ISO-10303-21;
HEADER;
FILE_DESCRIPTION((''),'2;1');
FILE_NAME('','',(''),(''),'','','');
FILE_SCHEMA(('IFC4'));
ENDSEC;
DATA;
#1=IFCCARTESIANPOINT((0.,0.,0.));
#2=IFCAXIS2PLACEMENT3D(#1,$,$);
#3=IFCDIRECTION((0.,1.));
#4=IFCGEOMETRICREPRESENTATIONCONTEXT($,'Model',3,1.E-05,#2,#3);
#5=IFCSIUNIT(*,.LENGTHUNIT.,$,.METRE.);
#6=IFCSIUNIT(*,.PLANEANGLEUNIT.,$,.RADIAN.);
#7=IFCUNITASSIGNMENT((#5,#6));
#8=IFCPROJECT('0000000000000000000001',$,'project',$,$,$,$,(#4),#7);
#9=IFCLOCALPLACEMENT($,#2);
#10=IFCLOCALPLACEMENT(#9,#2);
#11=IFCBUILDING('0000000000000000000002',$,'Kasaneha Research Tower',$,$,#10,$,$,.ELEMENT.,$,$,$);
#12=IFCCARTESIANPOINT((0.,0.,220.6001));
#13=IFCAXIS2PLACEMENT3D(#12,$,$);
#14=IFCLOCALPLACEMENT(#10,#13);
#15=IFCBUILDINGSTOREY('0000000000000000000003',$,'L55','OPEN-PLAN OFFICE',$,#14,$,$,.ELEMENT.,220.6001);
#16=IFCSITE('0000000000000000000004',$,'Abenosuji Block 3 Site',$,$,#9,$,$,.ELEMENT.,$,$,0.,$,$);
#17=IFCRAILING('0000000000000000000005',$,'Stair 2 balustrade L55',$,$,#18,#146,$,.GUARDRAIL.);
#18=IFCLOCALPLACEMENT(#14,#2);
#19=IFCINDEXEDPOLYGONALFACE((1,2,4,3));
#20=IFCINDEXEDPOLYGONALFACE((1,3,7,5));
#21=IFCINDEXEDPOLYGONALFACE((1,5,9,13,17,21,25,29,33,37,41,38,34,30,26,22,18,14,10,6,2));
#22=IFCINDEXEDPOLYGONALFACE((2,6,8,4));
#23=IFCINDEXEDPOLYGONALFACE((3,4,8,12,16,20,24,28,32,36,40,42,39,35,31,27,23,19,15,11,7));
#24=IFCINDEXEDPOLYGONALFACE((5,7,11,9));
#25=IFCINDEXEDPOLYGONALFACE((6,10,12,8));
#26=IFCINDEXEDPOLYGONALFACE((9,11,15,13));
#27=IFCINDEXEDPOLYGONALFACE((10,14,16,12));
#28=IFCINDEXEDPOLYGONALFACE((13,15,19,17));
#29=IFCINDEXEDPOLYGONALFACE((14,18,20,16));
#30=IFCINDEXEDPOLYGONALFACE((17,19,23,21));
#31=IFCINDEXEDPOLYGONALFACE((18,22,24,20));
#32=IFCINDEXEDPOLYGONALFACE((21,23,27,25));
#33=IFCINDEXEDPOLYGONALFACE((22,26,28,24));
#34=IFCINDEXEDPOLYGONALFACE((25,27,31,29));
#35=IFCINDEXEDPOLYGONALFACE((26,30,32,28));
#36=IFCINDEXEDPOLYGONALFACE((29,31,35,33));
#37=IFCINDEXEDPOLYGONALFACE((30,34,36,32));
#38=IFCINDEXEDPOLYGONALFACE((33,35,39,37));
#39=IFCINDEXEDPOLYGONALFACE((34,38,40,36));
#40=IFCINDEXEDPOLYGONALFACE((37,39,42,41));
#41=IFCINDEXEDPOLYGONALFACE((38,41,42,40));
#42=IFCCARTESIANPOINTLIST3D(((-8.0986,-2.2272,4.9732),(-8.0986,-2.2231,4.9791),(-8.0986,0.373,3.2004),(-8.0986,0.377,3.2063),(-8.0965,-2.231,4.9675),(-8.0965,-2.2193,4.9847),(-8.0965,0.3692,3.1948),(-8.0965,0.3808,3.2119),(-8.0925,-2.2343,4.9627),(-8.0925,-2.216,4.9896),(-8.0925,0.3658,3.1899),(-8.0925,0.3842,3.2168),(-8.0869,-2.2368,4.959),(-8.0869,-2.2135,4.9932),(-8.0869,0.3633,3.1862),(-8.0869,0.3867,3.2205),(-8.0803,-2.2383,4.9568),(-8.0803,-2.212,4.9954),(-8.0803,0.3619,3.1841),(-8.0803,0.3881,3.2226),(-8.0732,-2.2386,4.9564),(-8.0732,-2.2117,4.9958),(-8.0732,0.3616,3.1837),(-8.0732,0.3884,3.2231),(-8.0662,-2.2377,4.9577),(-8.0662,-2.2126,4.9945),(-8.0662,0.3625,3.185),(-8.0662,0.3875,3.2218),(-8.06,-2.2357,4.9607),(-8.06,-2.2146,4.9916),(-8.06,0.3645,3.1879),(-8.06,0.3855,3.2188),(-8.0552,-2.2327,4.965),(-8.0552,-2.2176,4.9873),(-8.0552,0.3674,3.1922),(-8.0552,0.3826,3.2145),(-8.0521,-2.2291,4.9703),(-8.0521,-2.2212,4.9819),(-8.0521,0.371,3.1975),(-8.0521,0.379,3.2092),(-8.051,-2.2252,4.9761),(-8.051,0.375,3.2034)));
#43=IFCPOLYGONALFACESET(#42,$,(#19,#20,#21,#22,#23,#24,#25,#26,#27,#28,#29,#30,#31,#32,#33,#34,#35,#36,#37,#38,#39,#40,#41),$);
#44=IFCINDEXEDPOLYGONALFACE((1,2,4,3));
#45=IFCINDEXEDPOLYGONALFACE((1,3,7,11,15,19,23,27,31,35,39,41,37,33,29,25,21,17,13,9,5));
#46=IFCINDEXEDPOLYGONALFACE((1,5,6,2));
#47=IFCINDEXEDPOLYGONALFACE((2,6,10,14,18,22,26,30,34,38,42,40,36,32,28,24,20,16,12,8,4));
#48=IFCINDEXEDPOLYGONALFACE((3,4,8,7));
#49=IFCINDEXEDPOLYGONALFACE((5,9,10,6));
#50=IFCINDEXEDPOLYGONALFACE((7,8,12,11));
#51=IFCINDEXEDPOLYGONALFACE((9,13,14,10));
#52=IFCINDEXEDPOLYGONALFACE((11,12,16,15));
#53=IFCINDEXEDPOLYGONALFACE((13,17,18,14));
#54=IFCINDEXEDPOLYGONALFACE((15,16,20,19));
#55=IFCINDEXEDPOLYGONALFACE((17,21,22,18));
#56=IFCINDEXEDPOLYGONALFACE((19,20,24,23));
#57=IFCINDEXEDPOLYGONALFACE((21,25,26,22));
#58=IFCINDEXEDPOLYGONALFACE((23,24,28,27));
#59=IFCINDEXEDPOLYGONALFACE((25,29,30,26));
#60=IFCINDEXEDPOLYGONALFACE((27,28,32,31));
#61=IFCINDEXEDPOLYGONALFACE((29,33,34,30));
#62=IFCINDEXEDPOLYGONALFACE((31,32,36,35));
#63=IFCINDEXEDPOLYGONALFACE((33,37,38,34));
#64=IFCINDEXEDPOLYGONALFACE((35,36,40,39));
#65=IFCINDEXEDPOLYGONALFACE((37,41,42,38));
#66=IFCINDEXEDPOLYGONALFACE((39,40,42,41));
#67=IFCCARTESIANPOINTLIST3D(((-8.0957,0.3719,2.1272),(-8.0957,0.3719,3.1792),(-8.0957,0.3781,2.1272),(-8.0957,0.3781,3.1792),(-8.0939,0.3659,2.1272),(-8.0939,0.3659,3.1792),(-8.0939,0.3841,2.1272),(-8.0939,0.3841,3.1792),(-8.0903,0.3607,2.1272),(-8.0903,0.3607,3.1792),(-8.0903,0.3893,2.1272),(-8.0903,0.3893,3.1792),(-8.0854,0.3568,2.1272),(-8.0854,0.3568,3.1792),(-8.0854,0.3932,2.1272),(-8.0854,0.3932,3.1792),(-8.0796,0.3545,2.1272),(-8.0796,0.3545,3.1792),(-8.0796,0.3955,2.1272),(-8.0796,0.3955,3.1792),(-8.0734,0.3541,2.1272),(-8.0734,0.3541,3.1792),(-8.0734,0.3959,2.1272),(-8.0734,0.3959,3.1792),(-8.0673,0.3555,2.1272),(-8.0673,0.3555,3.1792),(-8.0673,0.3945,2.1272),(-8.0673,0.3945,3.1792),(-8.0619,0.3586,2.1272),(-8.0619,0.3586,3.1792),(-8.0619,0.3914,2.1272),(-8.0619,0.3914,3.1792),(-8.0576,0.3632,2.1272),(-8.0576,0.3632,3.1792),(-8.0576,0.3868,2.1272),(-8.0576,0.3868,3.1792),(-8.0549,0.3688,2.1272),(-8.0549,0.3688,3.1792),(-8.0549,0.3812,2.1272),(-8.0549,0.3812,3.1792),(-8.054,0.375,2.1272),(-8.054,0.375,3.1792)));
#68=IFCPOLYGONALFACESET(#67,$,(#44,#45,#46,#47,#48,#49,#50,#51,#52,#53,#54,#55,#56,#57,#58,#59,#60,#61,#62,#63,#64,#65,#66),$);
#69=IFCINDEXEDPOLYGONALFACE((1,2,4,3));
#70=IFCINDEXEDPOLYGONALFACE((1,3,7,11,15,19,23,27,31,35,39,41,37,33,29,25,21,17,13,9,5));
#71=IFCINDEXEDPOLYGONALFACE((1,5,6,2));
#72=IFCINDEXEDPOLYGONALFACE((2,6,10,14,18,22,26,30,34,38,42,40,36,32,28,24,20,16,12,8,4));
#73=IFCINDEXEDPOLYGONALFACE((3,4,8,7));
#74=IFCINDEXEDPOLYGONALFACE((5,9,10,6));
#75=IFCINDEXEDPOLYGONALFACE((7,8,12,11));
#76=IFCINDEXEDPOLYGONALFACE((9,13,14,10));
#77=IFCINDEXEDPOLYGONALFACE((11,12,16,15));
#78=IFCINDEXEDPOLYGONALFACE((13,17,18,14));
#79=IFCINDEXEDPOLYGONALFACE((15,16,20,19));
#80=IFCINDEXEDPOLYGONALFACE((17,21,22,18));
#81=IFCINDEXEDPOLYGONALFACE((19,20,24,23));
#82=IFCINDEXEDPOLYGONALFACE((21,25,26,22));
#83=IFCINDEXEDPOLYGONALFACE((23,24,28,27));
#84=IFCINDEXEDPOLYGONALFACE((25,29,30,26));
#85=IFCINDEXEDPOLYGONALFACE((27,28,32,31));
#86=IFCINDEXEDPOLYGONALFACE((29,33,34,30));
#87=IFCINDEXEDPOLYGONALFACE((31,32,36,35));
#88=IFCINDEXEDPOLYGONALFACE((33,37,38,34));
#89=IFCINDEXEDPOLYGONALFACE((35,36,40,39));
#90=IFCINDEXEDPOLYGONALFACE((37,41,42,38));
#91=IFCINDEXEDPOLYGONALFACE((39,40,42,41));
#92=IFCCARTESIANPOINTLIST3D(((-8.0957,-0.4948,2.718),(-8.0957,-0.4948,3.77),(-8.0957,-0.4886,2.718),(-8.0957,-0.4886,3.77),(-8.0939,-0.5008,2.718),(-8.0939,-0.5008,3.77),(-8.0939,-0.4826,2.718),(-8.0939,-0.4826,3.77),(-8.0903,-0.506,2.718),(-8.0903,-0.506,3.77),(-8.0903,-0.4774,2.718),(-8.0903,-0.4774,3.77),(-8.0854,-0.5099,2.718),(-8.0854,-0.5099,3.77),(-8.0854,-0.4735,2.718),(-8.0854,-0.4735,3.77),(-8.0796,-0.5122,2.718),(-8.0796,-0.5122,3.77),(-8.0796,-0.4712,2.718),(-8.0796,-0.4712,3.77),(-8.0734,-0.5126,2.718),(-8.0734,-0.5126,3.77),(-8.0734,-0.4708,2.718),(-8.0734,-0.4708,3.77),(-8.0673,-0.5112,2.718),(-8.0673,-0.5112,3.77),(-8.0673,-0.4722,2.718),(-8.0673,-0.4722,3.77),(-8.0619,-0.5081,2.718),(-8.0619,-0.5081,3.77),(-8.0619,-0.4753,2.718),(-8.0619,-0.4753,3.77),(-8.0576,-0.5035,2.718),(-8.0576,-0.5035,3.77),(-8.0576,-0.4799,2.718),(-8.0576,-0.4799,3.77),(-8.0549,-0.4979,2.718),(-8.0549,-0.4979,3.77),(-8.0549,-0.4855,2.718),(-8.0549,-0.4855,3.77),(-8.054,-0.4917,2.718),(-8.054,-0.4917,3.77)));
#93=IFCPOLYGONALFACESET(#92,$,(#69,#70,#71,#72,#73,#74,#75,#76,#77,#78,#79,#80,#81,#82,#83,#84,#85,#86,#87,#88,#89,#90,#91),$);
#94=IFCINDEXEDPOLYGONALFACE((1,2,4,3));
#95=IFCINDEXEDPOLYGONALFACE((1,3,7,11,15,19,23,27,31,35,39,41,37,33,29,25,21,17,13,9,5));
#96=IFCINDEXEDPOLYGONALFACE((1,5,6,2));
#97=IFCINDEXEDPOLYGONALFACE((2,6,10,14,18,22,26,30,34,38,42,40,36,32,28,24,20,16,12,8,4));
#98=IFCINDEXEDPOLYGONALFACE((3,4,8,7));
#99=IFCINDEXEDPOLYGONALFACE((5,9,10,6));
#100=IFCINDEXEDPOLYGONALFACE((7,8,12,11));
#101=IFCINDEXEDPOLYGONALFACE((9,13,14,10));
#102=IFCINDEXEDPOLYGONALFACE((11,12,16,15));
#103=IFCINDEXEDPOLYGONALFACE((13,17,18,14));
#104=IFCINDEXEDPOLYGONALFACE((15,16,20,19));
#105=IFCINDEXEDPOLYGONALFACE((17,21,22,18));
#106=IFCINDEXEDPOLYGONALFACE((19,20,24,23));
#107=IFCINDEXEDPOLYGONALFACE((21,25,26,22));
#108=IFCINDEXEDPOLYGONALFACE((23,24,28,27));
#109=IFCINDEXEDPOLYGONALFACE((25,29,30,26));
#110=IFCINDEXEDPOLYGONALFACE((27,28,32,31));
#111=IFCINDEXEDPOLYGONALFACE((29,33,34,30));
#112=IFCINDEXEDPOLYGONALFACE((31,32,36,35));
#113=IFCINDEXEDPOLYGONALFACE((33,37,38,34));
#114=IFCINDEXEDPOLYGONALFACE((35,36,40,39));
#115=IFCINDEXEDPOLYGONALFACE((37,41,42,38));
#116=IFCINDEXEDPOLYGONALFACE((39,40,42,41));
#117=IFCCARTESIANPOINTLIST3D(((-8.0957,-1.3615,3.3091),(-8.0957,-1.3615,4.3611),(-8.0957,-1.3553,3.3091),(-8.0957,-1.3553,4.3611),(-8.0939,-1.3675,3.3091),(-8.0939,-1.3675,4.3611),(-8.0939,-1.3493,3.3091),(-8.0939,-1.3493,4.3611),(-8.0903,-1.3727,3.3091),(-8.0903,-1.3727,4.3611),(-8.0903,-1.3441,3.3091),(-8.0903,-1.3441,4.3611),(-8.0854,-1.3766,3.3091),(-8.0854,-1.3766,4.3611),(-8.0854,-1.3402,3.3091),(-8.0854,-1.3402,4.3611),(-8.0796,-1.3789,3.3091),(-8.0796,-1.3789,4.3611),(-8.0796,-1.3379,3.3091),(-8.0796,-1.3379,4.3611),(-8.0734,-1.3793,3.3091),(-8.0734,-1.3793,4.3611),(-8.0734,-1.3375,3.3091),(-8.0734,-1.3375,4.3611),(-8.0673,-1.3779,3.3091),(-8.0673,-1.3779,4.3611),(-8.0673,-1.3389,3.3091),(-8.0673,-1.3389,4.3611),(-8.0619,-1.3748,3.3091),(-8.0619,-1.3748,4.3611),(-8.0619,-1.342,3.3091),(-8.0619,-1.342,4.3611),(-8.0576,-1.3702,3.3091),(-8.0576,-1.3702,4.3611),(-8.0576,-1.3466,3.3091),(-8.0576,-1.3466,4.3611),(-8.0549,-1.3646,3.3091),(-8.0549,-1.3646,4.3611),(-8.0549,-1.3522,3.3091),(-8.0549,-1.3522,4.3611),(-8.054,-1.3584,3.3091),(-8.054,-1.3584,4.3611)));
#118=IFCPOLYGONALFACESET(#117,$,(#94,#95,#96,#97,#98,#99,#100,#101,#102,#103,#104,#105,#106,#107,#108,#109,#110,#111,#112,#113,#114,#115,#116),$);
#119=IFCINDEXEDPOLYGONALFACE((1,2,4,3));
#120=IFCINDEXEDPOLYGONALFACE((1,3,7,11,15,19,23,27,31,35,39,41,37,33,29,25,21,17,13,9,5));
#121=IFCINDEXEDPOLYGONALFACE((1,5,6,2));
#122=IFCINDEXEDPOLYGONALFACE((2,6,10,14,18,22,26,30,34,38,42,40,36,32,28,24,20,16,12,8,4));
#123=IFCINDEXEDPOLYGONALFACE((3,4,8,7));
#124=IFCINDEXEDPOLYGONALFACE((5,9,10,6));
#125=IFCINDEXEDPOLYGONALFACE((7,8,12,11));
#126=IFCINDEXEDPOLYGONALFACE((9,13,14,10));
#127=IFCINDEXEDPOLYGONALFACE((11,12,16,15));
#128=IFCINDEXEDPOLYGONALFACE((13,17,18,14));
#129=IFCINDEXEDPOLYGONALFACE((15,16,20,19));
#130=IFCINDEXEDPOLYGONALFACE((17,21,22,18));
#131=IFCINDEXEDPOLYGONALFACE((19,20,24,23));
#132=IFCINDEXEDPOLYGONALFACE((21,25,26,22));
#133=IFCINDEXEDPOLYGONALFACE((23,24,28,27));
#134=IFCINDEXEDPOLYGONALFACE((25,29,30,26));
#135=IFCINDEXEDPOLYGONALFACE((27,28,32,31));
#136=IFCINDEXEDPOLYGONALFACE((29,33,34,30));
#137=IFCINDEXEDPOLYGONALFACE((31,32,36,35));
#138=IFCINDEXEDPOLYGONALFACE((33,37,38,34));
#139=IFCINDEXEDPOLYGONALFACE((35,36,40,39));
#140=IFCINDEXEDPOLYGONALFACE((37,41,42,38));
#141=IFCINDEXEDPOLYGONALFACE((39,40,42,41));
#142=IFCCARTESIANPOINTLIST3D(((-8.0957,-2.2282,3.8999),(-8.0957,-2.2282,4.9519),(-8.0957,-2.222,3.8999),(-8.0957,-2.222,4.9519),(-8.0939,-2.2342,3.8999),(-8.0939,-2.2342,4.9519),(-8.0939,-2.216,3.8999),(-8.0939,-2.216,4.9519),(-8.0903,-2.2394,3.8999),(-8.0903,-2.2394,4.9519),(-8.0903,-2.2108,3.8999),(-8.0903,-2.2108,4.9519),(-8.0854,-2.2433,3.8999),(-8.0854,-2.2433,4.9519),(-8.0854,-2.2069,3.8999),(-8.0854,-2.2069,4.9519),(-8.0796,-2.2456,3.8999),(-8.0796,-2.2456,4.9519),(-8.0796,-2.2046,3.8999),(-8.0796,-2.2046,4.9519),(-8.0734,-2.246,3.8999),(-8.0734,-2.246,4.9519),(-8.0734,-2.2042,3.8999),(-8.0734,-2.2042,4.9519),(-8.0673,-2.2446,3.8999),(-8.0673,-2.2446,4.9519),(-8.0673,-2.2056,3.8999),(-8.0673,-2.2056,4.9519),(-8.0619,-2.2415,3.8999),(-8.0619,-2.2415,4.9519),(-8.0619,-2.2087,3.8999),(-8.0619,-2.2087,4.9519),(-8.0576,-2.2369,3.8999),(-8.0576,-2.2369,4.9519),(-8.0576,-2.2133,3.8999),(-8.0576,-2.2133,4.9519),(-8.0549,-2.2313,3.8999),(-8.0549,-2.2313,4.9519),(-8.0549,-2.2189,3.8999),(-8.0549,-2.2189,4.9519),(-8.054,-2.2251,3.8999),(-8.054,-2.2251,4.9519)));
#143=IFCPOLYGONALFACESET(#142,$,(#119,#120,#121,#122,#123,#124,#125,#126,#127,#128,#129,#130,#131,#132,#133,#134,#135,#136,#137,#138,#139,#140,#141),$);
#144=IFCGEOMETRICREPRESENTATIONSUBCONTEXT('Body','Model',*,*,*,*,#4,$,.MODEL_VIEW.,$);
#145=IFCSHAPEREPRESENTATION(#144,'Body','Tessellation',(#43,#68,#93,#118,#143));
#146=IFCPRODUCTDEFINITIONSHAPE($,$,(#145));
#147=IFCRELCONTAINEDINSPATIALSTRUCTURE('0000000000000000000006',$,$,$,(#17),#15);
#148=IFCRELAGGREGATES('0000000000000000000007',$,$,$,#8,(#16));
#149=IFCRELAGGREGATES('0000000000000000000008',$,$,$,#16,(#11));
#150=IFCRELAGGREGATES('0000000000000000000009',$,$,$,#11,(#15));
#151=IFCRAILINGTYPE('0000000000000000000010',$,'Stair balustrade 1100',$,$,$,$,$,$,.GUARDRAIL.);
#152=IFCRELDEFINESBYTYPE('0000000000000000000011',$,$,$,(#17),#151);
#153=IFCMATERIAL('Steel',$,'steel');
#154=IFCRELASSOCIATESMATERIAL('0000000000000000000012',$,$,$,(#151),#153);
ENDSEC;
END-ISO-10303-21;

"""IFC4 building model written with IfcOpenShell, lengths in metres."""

from ifc_helpers import new_model, si_unit, direction, frame, origin, origin_2d, place, context, subcontext, project, spatial, circle, extrude, material, type_object, element, save


model = new_model("IFC4")

# Units and contexts
model_context = context("Model", 3, precision=1e-05, world=origin(), true_north=direction((0.0, 1.0)))
body_context = subcontext(model_context, "Body", "Model", "MODEL_VIEW")
ifc_project = project(units=[si_unit("LENGTHUNIT", "METRE"), si_unit("PLANEANGLEUNIT", "RADIAN")], contexts=[model_context])

# Site, building, storey
site_placement = place(None, origin())
site = spatial("IfcSite", under=ifc_project, at=site_placement, Name="Abenosuji Block 3 Site", CompositionType="ELEMENT", RefElevation=0.0)
building_placement = place(site_placement, origin())
building = spatial("IfcBuilding", under=site, at=building_placement, Name="Kasaneha Research Tower", CompositionType="ELEMENT")
storey_placement = place(building_placement, frame((0.0, 0.0, 220.6001)))
storey = spatial("IfcBuildingStorey", under=building, at=storey_placement, Name="L55", Description="OPEN-PLAN OFFICE", CompositionType="ELEMENT", Elevation=220.6001)

# Railing
ifc_material_1 = material(Name="Steel", Category="steel")
railing_type_1 = type_object("IfcRailingType", Name="Stair balustrade 1100", PredefinedType="GUARDRAIL", material=ifc_material_1)
railing_1_placement = place(storey_placement, frame((-8.075, 0.375, 2.1272)))
element("IfcRailing", 1, at=railing_1_placement, inside=storey, type_object=railing_type_1, Name="Stair 2 balustrade L55", PredefinedType="GUARDRAIL", context=body_context, shape_type="SweptSolid", body=[
    extrude(circle(Radius=0.0239, at=origin_2d()), frame((0.0, 0.0, 1.0762), z_axis=(0.0, -0.82624, 0.563318), x_axis=(1.0, 0.0, 0.0)), (0.0, 0.0, 1.0), 3.147),
    extrude(circle(Radius=0.021, at=origin_2d()), origin(), (0.0, 0.0, 1.0), 1.052),
    extrude(circle(Radius=0.021, at=origin_2d()), frame((0.0, -0.8667, 0.5908)), (0.0, 0.0, 1.0), 1.052),
    extrude(circle(Radius=0.021, at=origin_2d()), frame((0.0, -1.7334, 1.1819)), (0.0, 0.0, 1.0), 1.052),
    extrude(circle(Radius=0.021, at=origin_2d()), frame((0.0, -2.6001, 1.7727)), (0.0, 0.0, 1.0), 1.052),
])

save(model, "model.ifc")
